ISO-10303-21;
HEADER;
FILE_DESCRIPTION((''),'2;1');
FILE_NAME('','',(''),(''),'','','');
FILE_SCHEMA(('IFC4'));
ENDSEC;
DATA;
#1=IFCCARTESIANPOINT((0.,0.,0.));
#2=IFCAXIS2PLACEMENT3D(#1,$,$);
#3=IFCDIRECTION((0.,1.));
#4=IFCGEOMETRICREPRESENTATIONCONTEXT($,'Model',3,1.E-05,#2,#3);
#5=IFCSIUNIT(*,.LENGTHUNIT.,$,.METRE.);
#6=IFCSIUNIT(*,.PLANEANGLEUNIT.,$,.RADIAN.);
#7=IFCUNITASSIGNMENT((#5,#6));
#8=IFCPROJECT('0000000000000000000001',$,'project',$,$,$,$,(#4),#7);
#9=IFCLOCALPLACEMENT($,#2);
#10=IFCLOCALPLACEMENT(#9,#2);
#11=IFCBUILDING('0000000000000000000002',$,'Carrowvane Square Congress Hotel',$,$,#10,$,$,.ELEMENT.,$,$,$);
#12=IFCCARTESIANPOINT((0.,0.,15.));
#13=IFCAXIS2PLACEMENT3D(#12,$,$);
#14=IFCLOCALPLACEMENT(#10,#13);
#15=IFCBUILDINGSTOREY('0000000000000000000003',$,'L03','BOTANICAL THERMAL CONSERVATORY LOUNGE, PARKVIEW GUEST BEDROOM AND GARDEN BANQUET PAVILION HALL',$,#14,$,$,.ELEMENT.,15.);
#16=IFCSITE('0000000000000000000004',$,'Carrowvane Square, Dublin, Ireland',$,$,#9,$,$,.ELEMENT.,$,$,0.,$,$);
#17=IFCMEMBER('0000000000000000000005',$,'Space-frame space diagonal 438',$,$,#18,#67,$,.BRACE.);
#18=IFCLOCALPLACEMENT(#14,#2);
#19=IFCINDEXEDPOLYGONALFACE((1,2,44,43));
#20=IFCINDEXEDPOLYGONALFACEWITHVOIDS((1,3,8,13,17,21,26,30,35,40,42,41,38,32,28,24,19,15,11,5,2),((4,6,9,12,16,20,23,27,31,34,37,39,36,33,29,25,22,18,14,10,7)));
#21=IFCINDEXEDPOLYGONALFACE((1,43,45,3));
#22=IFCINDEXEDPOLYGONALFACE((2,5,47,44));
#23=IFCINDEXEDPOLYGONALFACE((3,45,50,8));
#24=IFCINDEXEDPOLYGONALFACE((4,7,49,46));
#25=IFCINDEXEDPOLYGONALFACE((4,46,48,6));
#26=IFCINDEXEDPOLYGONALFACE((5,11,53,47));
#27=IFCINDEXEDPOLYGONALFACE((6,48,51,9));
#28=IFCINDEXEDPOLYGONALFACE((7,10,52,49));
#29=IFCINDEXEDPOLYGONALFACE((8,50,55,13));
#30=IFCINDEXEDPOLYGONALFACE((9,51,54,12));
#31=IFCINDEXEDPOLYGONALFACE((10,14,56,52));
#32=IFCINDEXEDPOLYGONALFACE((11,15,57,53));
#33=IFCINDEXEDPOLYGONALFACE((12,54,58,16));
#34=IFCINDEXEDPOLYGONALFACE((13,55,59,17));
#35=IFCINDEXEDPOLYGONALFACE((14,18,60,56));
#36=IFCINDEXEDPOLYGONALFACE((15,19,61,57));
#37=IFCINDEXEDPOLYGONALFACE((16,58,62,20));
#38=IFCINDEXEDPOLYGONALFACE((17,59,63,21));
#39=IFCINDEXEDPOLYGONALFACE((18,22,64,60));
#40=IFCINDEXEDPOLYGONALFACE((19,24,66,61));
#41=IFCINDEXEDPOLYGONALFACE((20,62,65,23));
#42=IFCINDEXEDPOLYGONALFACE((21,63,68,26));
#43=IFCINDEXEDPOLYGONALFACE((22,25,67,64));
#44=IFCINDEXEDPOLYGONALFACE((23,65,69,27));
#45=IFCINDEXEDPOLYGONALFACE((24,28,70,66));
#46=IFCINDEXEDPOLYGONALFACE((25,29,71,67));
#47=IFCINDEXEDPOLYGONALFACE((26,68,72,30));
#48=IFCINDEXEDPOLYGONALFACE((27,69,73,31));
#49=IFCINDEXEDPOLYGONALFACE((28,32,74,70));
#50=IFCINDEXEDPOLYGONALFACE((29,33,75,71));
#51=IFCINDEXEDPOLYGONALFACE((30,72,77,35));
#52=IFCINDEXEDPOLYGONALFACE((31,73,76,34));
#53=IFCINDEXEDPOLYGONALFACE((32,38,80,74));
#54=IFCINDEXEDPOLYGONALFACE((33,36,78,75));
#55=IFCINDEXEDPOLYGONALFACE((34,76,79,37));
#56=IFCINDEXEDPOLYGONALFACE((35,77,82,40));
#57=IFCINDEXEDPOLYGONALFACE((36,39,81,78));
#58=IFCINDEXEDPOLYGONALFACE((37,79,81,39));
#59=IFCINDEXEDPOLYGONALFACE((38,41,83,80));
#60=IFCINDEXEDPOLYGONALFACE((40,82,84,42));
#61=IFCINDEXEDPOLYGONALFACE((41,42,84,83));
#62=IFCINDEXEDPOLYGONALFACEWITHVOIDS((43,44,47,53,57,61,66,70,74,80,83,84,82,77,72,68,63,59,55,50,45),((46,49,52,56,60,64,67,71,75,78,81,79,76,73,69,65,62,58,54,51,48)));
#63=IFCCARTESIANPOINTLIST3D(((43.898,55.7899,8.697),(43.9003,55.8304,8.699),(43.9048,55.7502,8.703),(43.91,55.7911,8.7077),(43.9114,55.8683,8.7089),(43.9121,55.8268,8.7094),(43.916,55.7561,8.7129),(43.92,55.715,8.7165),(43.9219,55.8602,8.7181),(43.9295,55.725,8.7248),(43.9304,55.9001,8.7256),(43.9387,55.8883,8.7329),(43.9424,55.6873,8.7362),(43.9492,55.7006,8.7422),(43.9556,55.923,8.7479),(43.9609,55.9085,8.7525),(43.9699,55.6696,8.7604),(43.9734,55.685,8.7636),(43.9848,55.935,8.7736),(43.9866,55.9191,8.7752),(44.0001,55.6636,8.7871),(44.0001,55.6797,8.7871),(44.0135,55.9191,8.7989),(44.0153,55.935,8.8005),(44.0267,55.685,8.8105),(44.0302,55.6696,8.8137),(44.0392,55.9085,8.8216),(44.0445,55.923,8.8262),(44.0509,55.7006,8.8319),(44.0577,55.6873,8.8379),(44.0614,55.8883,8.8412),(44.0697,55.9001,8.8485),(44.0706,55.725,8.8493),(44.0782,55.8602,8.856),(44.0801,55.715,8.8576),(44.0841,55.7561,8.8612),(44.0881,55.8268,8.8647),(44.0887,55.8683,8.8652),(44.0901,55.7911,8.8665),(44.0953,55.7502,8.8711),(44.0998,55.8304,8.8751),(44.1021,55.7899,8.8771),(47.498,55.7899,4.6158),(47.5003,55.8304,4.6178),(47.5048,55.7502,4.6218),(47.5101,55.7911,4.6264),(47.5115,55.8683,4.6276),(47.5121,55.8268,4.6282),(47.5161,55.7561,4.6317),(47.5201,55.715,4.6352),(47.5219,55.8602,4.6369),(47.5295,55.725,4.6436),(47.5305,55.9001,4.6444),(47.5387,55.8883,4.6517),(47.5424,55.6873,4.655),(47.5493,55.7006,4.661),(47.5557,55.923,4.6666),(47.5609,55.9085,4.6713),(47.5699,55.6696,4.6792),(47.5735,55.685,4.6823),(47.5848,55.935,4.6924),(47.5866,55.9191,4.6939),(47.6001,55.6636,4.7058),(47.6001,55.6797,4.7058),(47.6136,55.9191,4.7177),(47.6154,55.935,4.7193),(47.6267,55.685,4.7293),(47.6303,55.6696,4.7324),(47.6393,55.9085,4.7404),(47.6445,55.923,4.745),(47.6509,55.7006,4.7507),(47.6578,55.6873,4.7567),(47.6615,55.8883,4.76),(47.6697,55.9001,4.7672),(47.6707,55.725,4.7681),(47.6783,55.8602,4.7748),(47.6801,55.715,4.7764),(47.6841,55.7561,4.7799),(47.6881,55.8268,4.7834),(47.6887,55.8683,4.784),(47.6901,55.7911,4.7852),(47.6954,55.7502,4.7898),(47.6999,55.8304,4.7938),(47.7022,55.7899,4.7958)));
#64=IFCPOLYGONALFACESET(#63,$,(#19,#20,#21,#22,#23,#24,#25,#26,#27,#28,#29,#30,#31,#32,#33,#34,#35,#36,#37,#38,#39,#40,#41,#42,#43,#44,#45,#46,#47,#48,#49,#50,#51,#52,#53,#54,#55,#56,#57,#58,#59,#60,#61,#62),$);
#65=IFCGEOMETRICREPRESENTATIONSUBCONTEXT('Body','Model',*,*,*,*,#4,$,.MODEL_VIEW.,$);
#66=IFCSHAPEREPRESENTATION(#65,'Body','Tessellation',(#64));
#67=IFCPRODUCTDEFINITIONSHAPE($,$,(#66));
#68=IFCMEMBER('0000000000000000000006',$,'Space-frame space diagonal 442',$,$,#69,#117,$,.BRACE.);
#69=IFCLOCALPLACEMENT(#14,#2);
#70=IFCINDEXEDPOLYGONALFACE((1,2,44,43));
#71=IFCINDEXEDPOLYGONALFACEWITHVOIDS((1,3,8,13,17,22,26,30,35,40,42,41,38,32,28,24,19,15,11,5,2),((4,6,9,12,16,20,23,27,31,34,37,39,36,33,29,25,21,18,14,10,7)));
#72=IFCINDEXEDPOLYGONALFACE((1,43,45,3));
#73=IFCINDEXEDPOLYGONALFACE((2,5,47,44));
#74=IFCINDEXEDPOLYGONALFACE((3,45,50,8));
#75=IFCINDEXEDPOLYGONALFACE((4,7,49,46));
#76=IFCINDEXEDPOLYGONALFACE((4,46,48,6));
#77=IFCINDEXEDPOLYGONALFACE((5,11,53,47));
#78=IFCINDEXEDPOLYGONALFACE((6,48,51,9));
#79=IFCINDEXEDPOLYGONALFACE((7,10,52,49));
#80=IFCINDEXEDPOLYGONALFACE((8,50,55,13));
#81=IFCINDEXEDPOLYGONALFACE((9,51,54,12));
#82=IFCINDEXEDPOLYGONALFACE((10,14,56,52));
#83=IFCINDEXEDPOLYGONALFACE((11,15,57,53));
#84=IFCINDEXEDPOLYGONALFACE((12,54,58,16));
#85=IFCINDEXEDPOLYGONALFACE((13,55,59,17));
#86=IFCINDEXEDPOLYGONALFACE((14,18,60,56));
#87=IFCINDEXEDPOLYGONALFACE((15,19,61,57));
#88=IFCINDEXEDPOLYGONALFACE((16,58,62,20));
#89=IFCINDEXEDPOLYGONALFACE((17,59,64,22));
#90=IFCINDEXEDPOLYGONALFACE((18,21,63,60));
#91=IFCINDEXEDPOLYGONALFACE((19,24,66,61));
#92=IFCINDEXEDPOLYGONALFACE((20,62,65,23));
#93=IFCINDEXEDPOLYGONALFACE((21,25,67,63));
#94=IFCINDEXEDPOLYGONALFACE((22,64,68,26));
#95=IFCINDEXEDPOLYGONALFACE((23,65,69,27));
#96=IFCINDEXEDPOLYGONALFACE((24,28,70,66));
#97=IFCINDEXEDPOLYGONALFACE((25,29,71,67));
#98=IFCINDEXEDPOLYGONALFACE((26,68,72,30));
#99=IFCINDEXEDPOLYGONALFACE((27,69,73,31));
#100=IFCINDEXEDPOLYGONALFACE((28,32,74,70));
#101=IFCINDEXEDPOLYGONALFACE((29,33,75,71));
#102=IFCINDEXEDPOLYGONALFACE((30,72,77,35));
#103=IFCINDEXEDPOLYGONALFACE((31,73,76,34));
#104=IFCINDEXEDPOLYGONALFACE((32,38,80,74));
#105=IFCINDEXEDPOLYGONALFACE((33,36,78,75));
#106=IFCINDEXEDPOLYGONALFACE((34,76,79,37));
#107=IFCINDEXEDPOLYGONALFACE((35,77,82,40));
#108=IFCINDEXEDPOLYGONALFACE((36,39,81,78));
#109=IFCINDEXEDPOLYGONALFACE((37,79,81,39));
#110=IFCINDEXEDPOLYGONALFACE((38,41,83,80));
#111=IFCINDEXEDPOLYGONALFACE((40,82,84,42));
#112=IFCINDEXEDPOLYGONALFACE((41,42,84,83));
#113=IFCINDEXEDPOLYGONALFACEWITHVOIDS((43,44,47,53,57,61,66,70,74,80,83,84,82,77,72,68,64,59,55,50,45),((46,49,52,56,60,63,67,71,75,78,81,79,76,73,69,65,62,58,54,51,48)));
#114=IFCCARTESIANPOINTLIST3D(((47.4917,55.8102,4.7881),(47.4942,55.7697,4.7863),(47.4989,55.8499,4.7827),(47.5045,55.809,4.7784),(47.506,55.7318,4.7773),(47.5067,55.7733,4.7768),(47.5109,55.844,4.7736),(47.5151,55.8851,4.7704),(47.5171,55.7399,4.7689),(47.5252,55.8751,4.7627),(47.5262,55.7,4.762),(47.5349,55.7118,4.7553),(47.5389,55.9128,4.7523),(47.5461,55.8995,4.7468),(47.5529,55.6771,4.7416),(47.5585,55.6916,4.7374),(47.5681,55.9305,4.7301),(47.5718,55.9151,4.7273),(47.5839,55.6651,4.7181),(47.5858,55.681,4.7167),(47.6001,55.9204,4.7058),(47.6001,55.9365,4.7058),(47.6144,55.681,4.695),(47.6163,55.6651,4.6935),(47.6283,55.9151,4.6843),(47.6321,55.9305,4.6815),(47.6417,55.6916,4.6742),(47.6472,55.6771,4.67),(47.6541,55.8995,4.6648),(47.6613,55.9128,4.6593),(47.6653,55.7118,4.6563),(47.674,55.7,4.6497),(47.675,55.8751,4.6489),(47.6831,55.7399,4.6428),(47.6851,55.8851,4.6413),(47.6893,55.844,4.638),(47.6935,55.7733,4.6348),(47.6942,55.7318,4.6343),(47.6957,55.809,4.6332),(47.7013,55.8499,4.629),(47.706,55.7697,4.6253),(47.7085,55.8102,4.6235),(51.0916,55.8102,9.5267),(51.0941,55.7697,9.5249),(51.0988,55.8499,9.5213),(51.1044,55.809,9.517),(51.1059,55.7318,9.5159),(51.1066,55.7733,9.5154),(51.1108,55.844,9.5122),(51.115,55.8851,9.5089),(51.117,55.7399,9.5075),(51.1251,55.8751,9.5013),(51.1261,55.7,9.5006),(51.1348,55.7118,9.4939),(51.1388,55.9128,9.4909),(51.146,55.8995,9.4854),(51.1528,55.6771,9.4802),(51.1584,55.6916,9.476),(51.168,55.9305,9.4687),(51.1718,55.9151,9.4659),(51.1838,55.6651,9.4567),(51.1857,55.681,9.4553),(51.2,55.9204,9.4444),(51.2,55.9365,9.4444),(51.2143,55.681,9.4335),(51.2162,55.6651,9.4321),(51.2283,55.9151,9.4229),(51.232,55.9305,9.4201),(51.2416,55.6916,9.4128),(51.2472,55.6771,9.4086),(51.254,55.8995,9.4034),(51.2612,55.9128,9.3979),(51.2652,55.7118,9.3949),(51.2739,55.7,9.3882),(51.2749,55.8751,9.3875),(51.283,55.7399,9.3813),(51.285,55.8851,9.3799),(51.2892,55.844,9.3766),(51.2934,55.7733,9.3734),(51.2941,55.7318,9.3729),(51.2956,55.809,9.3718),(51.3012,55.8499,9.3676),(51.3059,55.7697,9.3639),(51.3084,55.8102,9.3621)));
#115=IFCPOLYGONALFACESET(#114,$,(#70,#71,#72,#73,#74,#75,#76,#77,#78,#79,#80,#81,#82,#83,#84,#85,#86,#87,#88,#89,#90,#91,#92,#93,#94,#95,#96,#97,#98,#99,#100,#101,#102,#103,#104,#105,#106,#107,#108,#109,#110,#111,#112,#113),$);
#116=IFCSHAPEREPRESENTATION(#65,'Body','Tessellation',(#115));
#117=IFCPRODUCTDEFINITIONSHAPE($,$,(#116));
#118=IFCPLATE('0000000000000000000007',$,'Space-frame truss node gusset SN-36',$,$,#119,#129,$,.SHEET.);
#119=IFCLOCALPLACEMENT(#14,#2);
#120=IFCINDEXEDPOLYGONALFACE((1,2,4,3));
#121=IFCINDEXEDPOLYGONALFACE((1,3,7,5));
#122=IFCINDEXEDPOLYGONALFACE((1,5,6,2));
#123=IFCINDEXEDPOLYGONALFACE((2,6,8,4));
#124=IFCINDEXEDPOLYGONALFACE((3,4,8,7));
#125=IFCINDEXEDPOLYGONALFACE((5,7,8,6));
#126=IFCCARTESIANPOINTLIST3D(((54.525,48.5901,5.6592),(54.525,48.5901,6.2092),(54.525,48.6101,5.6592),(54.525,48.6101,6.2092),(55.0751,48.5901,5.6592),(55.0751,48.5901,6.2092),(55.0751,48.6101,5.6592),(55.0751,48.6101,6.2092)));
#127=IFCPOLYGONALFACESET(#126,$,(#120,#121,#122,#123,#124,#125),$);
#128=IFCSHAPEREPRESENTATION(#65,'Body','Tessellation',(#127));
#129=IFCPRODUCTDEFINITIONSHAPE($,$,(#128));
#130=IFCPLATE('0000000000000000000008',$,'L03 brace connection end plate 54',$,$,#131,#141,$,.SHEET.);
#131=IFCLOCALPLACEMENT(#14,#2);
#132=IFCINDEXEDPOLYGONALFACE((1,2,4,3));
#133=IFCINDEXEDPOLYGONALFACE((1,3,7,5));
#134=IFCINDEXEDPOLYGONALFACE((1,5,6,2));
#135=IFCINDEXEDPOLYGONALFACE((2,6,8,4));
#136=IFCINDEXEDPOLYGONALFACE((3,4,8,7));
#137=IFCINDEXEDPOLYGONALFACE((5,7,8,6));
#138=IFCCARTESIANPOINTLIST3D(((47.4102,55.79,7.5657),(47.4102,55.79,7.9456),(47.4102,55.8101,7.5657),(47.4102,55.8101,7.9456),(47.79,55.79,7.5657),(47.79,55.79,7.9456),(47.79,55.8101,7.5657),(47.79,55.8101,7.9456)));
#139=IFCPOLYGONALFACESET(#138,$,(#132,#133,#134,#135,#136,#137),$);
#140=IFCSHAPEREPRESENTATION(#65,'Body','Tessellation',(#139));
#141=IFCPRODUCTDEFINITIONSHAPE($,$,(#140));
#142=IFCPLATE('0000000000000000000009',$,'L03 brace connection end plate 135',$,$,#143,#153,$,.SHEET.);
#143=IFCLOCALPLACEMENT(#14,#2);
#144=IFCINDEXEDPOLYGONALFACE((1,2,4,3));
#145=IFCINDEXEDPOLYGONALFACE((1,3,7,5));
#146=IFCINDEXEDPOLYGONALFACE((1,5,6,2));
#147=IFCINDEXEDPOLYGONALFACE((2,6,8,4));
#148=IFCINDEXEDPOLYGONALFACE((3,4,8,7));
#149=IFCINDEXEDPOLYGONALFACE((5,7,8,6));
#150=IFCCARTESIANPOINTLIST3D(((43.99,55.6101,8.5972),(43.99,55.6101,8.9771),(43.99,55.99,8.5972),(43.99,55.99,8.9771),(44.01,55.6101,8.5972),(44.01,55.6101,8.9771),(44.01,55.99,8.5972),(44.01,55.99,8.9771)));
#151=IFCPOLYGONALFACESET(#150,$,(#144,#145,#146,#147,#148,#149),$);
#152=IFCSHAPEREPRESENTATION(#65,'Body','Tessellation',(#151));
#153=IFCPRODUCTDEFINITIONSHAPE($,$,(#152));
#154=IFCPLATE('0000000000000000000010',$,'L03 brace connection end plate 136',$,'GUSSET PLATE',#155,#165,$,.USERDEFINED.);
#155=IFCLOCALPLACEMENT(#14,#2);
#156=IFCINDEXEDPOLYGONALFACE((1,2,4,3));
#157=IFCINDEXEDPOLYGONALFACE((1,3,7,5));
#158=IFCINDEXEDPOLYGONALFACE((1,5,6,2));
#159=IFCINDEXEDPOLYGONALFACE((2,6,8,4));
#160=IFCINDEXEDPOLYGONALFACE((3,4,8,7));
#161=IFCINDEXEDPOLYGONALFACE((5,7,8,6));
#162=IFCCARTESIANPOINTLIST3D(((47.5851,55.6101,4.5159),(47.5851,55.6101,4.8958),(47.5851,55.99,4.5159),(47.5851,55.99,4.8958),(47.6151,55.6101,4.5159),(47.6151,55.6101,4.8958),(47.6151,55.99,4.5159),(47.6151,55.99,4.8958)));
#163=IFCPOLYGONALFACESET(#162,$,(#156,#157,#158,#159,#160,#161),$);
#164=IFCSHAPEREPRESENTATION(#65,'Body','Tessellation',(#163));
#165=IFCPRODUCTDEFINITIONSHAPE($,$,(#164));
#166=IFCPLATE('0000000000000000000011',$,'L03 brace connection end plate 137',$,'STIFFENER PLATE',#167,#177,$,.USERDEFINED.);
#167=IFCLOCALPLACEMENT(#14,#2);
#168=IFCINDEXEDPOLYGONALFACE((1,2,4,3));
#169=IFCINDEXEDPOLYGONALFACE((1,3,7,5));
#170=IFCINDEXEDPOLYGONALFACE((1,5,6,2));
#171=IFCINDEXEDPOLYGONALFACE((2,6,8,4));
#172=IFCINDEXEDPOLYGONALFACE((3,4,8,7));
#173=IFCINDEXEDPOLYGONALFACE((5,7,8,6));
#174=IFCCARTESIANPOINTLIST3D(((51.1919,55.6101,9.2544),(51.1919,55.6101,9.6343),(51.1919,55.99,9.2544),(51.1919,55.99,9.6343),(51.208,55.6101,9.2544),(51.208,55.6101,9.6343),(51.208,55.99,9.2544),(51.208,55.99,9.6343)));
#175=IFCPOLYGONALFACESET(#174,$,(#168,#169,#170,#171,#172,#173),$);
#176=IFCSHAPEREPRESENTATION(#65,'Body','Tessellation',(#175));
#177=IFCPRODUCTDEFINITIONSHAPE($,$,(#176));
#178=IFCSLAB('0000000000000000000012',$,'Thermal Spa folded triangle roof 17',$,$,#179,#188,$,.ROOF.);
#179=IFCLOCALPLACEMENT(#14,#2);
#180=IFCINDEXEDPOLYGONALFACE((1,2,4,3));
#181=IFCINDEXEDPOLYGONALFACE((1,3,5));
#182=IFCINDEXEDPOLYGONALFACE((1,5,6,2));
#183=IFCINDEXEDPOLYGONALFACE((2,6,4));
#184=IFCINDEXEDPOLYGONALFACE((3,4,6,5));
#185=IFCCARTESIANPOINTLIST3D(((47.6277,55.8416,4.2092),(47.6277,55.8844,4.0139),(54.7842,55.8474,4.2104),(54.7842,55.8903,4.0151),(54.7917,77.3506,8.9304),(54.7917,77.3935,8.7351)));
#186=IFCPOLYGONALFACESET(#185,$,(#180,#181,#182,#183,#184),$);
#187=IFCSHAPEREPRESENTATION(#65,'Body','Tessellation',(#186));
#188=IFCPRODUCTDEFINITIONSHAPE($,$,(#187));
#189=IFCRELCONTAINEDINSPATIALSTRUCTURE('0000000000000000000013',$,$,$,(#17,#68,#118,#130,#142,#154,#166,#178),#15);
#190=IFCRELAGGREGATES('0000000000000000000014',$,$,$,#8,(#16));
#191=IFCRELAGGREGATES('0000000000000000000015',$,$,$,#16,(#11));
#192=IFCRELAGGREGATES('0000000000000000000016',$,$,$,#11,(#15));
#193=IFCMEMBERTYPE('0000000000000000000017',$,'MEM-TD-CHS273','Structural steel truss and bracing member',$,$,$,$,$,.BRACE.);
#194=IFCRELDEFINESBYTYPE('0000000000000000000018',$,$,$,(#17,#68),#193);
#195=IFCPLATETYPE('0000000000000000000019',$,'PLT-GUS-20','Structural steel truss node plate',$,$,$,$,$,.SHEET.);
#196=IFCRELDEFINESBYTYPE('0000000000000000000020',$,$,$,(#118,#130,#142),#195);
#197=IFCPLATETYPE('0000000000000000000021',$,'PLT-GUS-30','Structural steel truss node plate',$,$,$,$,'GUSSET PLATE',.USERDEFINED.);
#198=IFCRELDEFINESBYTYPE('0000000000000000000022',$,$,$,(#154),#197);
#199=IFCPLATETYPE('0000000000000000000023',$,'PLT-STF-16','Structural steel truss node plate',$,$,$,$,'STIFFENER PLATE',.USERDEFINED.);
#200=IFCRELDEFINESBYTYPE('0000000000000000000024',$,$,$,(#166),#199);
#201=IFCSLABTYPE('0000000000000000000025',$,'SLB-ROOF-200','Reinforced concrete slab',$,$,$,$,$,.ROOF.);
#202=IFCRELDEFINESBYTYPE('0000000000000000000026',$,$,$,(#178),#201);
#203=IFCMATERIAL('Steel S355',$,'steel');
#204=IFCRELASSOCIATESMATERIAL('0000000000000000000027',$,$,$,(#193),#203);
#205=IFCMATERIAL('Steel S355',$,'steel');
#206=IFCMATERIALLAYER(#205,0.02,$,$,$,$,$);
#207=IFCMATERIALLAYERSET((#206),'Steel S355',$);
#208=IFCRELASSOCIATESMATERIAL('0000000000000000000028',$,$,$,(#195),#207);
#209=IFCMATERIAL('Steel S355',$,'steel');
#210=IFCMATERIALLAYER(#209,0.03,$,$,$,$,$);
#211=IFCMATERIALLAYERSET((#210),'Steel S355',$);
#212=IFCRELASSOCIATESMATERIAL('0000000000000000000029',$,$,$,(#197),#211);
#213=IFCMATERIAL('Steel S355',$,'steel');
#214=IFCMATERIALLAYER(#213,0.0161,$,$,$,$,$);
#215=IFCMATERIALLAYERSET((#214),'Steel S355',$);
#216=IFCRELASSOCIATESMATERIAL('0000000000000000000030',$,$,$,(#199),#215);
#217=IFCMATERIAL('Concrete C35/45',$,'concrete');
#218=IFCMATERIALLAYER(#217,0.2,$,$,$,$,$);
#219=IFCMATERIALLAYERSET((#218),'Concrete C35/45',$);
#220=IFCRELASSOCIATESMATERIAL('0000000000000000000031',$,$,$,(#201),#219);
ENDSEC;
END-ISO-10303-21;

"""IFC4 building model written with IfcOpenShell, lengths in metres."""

from ifc_helpers import new_model, si_unit, direction, frame, origin, origin_2d, place, context, subcontext, project, spatial, polyline, rectangle, hollow_circle, outline, extrude, material, layer, layer_set, material_profile, profile_set, type_object, element, save


model = new_model("IFC4")

# Units and contexts
model_context = context("Model", 3, precision=1e-05, world=origin(), true_north=direction((0.0, 1.0)))
body_context = subcontext(model_context, "Body", "Model", "MODEL_VIEW")
ifc_project = project(units=[si_unit("LENGTHUNIT", "METRE"), si_unit("PLANEANGLEUNIT", "RADIAN")], contexts=[model_context])

# Site, building, storey
site_placement = place(None, origin())
site = spatial("IfcSite", under=ifc_project, at=site_placement, Name="Carrowvane Square, Dublin, Ireland", CompositionType="ELEMENT", RefElevation=0.0)
building_placement = place(site_placement, origin())
building = spatial("IfcBuilding", under=site, at=building_placement, Name="Carrowvane Square Congress Hotel", CompositionType="ELEMENT")
storey_placement = place(building_placement, frame((0.0, 0.0, 15.0)))
storey = spatial("IfcBuildingStorey", under=building, at=storey_placement, Name="L03", Description="BOTANICAL THERMAL CONSERVATORY LOUNGE, PARKVIEW GUEST BEDROOM AND GARDEN BANQUET PAVILION HALL", CompositionType="ELEMENT", Elevation=15.0)

# Members
ifc_material_1 = material(Name="Steel S355", Category="steel")
ifc_material_profile_1 = material_profile(ifc_material_1, hollow_circle(Radius=0.1365, WallThickness=0.0161, at=origin_2d()), Name="CHS 273.0x16")
ifc_profile_set_1 = profile_set([ifc_material_profile_1], Name="Steel S355")
member_type_1 = type_object("IfcMemberType", Name="MEM-TD-CHS273", Description="Structural steel truss and bracing member", PredefinedType="BRACE", material=ifc_profile_set_1)
member_1_placement = place(storey_placement, frame((47.6001, 55.8, 4.7058), z_axis=(-0.661513, 0.0, 0.749933), x_axis=(0.0, -1.0, 0.0)))
element("IfcMember", 1, at=member_1_placement, inside=storey, type_object=member_type_1, Name="Space-frame space diagonal 438", PredefinedType="BRACE", context=body_context, shape_type="SweptSolid", body=[
    extrude(hollow_circle(Radius=0.1365, WallThickness=0.0161, at=origin_2d()), origin(), (0.0, 0.0, 1.0), 5.4421),
])
member_2_placement = place(storey_placement, frame((47.6001, 55.8, 4.7058), z_axis=(0.604931, 0.0, 0.796278), x_axis=(0.0, 1.0, 0.0)))
element("IfcMember", 2, at=member_2_placement, inside=storey, type_object=member_type_1, Name="Space-frame space diagonal 442", PredefinedType="BRACE", context=body_context, shape_type="SweptSolid", body=[
    extrude(hollow_circle(Radius=0.1365, WallThickness=0.0161, at=origin_2d()), origin(), (0.0, 0.0, 1.0), 5.9509),
])

# Plates
ifc_material_2 = material(Name="Steel S355", Category="steel")
ifc_layer_1 = layer(ifc_material_2, 0.02)
ifc_layer_set_1 = layer_set([ifc_layer_1], Name="Steel S355")
plate_type_1 = type_object("IfcPlateType", Name="PLT-GUS-20", Description="Structural steel truss node plate", PredefinedType="SHEET", material=ifc_layer_set_1)
plate_1_placement = place(storey_placement, frame((54.8, 48.6001, 5.6592), z_axis=(0.0, 0.0, 1.0), x_axis=(1.0, 0.0, 0.0)))
element("IfcPlate", 3, at=plate_1_placement, inside=storey, type_object=plate_type_1, Name="Space-frame truss node gusset SN-36", PredefinedType="SHEET", context=body_context, shape_type="SweptSolid", body=[
    extrude(rectangle(XDim=0.55, YDim=0.02, at=origin_2d()), origin(), (0.0, 0.0, 1.0), 0.55),
])
plate_2_placement = place(storey_placement, frame((47.6001, 55.8, 7.5657), z_axis=(0.0, 0.0, 1.0), x_axis=(1.0, 0.0, 0.0)))
element("IfcPlate", 4, at=plate_2_placement, inside=storey, type_object=plate_type_1, Name="L03 brace connection end plate 54", PredefinedType="SHEET", context=body_context, shape_type="SweptSolid", body=[
    extrude(rectangle(XDim=0.3799, YDim=0.02, at=origin_2d()), origin(), (0.0, 0.0, 1.0), 0.3799),
])
plate_3_placement = place(storey_placement, frame((44.0, 55.8, 8.5972), z_axis=(0.0, 0.0, 1.0), x_axis=(1.0, 0.0, 0.0)))
element("IfcPlate", 5, at=plate_3_placement, inside=storey, type_object=plate_type_1, Name="L03 brace connection end plate 135", PredefinedType="SHEET", context=body_context, shape_type="SweptSolid", body=[
    extrude(rectangle(XDim=0.02, YDim=0.3799, at=origin_2d()), origin(), (0.0, 0.0, 1.0), 0.3799),
])
ifc_material_3 = material(Name="Steel S355", Category="steel")
ifc_layer_2 = layer(ifc_material_3, 0.03)
ifc_layer_set_2 = layer_set([ifc_layer_2], Name="Steel S355")
plate_type_2 = type_object("IfcPlateType", Name="PLT-GUS-30", Description="Structural steel truss node plate", ElementType="GUSSET PLATE", PredefinedType="USERDEFINED", material=ifc_layer_set_2)
plate_4_placement = place(storey_placement, frame((47.6001, 55.8, 4.5159), z_axis=(0.0, 0.0, 1.0), x_axis=(1.0, 0.0, 0.0)))
element("IfcPlate", 6, at=plate_4_placement, inside=storey, type_object=plate_type_2, Name="L03 brace connection end plate 136", ObjectType="GUSSET PLATE", PredefinedType="USERDEFINED", context=body_context, shape_type="SweptSolid", body=[
    extrude(rectangle(XDim=0.03, YDim=0.3799, at=origin_2d()), origin(), (0.0, 0.0, 1.0), 0.3799),
])
ifc_material_4 = material(Name="Steel S355", Category="steel")
ifc_layer_3 = layer(ifc_material_4, 0.0161)
ifc_layer_set_3 = layer_set([ifc_layer_3], Name="Steel S355")
plate_type_3 = type_object("IfcPlateType", Name="PLT-STF-16", Description="Structural steel truss node plate", ElementType="STIFFENER PLATE", PredefinedType="USERDEFINED", material=ifc_layer_set_3)
plate_5_placement = place(storey_placement, frame((51.2, 55.8, 9.2544), z_axis=(0.0, 0.0, 1.0), x_axis=(1.0, 0.0, 0.0)))
element("IfcPlate", 7, at=plate_5_placement, inside=storey, type_object=plate_type_3, Name="L03 brace connection end plate 137", ObjectType="STIFFENER PLATE", PredefinedType="USERDEFINED", context=body_context, shape_type="SweptSolid", body=[
    extrude(rectangle(XDim=0.0161, YDim=0.3799, at=origin_2d()), origin(), (0.0, 0.0, 1.0), 0.3799),
])

# Slab
ifc_material_5 = material(Name="Concrete C35/45", Category="concrete")
ifc_layer_4 = layer(ifc_material_5, 0.2)
ifc_layer_set_4 = layer_set([ifc_layer_4], Name="Concrete C35/45")
slab_type = type_object("IfcSlabType", Name="SLB-ROOF-200", Description="Reinforced concrete slab", PredefinedType="ROOF", material=ifc_layer_set_4)
slab_1_placement = place(storey_placement, frame((47.6277, 55.8416, 4.2092), z_axis=(0.000009, -0.214397, 0.976747), x_axis=(1.0, 0.000819, 0.000171)))
element("IfcSlab", 8, at=slab_1_placement, inside=storey, type_object=slab_type, Name="Thermal Spa folded triangle roof 17", PredefinedType="ROOF", context=body_context, shape_type="SweptSolid", body=[
    extrude(outline(polyline([(0.0, 0.0), (7.1565, 0.0), (7.1825, 22.0151), (0.0, 0.0)])), origin(), (0.0, 0.0, -1.0), 0.2),
])

save(model, "model.ifc")
